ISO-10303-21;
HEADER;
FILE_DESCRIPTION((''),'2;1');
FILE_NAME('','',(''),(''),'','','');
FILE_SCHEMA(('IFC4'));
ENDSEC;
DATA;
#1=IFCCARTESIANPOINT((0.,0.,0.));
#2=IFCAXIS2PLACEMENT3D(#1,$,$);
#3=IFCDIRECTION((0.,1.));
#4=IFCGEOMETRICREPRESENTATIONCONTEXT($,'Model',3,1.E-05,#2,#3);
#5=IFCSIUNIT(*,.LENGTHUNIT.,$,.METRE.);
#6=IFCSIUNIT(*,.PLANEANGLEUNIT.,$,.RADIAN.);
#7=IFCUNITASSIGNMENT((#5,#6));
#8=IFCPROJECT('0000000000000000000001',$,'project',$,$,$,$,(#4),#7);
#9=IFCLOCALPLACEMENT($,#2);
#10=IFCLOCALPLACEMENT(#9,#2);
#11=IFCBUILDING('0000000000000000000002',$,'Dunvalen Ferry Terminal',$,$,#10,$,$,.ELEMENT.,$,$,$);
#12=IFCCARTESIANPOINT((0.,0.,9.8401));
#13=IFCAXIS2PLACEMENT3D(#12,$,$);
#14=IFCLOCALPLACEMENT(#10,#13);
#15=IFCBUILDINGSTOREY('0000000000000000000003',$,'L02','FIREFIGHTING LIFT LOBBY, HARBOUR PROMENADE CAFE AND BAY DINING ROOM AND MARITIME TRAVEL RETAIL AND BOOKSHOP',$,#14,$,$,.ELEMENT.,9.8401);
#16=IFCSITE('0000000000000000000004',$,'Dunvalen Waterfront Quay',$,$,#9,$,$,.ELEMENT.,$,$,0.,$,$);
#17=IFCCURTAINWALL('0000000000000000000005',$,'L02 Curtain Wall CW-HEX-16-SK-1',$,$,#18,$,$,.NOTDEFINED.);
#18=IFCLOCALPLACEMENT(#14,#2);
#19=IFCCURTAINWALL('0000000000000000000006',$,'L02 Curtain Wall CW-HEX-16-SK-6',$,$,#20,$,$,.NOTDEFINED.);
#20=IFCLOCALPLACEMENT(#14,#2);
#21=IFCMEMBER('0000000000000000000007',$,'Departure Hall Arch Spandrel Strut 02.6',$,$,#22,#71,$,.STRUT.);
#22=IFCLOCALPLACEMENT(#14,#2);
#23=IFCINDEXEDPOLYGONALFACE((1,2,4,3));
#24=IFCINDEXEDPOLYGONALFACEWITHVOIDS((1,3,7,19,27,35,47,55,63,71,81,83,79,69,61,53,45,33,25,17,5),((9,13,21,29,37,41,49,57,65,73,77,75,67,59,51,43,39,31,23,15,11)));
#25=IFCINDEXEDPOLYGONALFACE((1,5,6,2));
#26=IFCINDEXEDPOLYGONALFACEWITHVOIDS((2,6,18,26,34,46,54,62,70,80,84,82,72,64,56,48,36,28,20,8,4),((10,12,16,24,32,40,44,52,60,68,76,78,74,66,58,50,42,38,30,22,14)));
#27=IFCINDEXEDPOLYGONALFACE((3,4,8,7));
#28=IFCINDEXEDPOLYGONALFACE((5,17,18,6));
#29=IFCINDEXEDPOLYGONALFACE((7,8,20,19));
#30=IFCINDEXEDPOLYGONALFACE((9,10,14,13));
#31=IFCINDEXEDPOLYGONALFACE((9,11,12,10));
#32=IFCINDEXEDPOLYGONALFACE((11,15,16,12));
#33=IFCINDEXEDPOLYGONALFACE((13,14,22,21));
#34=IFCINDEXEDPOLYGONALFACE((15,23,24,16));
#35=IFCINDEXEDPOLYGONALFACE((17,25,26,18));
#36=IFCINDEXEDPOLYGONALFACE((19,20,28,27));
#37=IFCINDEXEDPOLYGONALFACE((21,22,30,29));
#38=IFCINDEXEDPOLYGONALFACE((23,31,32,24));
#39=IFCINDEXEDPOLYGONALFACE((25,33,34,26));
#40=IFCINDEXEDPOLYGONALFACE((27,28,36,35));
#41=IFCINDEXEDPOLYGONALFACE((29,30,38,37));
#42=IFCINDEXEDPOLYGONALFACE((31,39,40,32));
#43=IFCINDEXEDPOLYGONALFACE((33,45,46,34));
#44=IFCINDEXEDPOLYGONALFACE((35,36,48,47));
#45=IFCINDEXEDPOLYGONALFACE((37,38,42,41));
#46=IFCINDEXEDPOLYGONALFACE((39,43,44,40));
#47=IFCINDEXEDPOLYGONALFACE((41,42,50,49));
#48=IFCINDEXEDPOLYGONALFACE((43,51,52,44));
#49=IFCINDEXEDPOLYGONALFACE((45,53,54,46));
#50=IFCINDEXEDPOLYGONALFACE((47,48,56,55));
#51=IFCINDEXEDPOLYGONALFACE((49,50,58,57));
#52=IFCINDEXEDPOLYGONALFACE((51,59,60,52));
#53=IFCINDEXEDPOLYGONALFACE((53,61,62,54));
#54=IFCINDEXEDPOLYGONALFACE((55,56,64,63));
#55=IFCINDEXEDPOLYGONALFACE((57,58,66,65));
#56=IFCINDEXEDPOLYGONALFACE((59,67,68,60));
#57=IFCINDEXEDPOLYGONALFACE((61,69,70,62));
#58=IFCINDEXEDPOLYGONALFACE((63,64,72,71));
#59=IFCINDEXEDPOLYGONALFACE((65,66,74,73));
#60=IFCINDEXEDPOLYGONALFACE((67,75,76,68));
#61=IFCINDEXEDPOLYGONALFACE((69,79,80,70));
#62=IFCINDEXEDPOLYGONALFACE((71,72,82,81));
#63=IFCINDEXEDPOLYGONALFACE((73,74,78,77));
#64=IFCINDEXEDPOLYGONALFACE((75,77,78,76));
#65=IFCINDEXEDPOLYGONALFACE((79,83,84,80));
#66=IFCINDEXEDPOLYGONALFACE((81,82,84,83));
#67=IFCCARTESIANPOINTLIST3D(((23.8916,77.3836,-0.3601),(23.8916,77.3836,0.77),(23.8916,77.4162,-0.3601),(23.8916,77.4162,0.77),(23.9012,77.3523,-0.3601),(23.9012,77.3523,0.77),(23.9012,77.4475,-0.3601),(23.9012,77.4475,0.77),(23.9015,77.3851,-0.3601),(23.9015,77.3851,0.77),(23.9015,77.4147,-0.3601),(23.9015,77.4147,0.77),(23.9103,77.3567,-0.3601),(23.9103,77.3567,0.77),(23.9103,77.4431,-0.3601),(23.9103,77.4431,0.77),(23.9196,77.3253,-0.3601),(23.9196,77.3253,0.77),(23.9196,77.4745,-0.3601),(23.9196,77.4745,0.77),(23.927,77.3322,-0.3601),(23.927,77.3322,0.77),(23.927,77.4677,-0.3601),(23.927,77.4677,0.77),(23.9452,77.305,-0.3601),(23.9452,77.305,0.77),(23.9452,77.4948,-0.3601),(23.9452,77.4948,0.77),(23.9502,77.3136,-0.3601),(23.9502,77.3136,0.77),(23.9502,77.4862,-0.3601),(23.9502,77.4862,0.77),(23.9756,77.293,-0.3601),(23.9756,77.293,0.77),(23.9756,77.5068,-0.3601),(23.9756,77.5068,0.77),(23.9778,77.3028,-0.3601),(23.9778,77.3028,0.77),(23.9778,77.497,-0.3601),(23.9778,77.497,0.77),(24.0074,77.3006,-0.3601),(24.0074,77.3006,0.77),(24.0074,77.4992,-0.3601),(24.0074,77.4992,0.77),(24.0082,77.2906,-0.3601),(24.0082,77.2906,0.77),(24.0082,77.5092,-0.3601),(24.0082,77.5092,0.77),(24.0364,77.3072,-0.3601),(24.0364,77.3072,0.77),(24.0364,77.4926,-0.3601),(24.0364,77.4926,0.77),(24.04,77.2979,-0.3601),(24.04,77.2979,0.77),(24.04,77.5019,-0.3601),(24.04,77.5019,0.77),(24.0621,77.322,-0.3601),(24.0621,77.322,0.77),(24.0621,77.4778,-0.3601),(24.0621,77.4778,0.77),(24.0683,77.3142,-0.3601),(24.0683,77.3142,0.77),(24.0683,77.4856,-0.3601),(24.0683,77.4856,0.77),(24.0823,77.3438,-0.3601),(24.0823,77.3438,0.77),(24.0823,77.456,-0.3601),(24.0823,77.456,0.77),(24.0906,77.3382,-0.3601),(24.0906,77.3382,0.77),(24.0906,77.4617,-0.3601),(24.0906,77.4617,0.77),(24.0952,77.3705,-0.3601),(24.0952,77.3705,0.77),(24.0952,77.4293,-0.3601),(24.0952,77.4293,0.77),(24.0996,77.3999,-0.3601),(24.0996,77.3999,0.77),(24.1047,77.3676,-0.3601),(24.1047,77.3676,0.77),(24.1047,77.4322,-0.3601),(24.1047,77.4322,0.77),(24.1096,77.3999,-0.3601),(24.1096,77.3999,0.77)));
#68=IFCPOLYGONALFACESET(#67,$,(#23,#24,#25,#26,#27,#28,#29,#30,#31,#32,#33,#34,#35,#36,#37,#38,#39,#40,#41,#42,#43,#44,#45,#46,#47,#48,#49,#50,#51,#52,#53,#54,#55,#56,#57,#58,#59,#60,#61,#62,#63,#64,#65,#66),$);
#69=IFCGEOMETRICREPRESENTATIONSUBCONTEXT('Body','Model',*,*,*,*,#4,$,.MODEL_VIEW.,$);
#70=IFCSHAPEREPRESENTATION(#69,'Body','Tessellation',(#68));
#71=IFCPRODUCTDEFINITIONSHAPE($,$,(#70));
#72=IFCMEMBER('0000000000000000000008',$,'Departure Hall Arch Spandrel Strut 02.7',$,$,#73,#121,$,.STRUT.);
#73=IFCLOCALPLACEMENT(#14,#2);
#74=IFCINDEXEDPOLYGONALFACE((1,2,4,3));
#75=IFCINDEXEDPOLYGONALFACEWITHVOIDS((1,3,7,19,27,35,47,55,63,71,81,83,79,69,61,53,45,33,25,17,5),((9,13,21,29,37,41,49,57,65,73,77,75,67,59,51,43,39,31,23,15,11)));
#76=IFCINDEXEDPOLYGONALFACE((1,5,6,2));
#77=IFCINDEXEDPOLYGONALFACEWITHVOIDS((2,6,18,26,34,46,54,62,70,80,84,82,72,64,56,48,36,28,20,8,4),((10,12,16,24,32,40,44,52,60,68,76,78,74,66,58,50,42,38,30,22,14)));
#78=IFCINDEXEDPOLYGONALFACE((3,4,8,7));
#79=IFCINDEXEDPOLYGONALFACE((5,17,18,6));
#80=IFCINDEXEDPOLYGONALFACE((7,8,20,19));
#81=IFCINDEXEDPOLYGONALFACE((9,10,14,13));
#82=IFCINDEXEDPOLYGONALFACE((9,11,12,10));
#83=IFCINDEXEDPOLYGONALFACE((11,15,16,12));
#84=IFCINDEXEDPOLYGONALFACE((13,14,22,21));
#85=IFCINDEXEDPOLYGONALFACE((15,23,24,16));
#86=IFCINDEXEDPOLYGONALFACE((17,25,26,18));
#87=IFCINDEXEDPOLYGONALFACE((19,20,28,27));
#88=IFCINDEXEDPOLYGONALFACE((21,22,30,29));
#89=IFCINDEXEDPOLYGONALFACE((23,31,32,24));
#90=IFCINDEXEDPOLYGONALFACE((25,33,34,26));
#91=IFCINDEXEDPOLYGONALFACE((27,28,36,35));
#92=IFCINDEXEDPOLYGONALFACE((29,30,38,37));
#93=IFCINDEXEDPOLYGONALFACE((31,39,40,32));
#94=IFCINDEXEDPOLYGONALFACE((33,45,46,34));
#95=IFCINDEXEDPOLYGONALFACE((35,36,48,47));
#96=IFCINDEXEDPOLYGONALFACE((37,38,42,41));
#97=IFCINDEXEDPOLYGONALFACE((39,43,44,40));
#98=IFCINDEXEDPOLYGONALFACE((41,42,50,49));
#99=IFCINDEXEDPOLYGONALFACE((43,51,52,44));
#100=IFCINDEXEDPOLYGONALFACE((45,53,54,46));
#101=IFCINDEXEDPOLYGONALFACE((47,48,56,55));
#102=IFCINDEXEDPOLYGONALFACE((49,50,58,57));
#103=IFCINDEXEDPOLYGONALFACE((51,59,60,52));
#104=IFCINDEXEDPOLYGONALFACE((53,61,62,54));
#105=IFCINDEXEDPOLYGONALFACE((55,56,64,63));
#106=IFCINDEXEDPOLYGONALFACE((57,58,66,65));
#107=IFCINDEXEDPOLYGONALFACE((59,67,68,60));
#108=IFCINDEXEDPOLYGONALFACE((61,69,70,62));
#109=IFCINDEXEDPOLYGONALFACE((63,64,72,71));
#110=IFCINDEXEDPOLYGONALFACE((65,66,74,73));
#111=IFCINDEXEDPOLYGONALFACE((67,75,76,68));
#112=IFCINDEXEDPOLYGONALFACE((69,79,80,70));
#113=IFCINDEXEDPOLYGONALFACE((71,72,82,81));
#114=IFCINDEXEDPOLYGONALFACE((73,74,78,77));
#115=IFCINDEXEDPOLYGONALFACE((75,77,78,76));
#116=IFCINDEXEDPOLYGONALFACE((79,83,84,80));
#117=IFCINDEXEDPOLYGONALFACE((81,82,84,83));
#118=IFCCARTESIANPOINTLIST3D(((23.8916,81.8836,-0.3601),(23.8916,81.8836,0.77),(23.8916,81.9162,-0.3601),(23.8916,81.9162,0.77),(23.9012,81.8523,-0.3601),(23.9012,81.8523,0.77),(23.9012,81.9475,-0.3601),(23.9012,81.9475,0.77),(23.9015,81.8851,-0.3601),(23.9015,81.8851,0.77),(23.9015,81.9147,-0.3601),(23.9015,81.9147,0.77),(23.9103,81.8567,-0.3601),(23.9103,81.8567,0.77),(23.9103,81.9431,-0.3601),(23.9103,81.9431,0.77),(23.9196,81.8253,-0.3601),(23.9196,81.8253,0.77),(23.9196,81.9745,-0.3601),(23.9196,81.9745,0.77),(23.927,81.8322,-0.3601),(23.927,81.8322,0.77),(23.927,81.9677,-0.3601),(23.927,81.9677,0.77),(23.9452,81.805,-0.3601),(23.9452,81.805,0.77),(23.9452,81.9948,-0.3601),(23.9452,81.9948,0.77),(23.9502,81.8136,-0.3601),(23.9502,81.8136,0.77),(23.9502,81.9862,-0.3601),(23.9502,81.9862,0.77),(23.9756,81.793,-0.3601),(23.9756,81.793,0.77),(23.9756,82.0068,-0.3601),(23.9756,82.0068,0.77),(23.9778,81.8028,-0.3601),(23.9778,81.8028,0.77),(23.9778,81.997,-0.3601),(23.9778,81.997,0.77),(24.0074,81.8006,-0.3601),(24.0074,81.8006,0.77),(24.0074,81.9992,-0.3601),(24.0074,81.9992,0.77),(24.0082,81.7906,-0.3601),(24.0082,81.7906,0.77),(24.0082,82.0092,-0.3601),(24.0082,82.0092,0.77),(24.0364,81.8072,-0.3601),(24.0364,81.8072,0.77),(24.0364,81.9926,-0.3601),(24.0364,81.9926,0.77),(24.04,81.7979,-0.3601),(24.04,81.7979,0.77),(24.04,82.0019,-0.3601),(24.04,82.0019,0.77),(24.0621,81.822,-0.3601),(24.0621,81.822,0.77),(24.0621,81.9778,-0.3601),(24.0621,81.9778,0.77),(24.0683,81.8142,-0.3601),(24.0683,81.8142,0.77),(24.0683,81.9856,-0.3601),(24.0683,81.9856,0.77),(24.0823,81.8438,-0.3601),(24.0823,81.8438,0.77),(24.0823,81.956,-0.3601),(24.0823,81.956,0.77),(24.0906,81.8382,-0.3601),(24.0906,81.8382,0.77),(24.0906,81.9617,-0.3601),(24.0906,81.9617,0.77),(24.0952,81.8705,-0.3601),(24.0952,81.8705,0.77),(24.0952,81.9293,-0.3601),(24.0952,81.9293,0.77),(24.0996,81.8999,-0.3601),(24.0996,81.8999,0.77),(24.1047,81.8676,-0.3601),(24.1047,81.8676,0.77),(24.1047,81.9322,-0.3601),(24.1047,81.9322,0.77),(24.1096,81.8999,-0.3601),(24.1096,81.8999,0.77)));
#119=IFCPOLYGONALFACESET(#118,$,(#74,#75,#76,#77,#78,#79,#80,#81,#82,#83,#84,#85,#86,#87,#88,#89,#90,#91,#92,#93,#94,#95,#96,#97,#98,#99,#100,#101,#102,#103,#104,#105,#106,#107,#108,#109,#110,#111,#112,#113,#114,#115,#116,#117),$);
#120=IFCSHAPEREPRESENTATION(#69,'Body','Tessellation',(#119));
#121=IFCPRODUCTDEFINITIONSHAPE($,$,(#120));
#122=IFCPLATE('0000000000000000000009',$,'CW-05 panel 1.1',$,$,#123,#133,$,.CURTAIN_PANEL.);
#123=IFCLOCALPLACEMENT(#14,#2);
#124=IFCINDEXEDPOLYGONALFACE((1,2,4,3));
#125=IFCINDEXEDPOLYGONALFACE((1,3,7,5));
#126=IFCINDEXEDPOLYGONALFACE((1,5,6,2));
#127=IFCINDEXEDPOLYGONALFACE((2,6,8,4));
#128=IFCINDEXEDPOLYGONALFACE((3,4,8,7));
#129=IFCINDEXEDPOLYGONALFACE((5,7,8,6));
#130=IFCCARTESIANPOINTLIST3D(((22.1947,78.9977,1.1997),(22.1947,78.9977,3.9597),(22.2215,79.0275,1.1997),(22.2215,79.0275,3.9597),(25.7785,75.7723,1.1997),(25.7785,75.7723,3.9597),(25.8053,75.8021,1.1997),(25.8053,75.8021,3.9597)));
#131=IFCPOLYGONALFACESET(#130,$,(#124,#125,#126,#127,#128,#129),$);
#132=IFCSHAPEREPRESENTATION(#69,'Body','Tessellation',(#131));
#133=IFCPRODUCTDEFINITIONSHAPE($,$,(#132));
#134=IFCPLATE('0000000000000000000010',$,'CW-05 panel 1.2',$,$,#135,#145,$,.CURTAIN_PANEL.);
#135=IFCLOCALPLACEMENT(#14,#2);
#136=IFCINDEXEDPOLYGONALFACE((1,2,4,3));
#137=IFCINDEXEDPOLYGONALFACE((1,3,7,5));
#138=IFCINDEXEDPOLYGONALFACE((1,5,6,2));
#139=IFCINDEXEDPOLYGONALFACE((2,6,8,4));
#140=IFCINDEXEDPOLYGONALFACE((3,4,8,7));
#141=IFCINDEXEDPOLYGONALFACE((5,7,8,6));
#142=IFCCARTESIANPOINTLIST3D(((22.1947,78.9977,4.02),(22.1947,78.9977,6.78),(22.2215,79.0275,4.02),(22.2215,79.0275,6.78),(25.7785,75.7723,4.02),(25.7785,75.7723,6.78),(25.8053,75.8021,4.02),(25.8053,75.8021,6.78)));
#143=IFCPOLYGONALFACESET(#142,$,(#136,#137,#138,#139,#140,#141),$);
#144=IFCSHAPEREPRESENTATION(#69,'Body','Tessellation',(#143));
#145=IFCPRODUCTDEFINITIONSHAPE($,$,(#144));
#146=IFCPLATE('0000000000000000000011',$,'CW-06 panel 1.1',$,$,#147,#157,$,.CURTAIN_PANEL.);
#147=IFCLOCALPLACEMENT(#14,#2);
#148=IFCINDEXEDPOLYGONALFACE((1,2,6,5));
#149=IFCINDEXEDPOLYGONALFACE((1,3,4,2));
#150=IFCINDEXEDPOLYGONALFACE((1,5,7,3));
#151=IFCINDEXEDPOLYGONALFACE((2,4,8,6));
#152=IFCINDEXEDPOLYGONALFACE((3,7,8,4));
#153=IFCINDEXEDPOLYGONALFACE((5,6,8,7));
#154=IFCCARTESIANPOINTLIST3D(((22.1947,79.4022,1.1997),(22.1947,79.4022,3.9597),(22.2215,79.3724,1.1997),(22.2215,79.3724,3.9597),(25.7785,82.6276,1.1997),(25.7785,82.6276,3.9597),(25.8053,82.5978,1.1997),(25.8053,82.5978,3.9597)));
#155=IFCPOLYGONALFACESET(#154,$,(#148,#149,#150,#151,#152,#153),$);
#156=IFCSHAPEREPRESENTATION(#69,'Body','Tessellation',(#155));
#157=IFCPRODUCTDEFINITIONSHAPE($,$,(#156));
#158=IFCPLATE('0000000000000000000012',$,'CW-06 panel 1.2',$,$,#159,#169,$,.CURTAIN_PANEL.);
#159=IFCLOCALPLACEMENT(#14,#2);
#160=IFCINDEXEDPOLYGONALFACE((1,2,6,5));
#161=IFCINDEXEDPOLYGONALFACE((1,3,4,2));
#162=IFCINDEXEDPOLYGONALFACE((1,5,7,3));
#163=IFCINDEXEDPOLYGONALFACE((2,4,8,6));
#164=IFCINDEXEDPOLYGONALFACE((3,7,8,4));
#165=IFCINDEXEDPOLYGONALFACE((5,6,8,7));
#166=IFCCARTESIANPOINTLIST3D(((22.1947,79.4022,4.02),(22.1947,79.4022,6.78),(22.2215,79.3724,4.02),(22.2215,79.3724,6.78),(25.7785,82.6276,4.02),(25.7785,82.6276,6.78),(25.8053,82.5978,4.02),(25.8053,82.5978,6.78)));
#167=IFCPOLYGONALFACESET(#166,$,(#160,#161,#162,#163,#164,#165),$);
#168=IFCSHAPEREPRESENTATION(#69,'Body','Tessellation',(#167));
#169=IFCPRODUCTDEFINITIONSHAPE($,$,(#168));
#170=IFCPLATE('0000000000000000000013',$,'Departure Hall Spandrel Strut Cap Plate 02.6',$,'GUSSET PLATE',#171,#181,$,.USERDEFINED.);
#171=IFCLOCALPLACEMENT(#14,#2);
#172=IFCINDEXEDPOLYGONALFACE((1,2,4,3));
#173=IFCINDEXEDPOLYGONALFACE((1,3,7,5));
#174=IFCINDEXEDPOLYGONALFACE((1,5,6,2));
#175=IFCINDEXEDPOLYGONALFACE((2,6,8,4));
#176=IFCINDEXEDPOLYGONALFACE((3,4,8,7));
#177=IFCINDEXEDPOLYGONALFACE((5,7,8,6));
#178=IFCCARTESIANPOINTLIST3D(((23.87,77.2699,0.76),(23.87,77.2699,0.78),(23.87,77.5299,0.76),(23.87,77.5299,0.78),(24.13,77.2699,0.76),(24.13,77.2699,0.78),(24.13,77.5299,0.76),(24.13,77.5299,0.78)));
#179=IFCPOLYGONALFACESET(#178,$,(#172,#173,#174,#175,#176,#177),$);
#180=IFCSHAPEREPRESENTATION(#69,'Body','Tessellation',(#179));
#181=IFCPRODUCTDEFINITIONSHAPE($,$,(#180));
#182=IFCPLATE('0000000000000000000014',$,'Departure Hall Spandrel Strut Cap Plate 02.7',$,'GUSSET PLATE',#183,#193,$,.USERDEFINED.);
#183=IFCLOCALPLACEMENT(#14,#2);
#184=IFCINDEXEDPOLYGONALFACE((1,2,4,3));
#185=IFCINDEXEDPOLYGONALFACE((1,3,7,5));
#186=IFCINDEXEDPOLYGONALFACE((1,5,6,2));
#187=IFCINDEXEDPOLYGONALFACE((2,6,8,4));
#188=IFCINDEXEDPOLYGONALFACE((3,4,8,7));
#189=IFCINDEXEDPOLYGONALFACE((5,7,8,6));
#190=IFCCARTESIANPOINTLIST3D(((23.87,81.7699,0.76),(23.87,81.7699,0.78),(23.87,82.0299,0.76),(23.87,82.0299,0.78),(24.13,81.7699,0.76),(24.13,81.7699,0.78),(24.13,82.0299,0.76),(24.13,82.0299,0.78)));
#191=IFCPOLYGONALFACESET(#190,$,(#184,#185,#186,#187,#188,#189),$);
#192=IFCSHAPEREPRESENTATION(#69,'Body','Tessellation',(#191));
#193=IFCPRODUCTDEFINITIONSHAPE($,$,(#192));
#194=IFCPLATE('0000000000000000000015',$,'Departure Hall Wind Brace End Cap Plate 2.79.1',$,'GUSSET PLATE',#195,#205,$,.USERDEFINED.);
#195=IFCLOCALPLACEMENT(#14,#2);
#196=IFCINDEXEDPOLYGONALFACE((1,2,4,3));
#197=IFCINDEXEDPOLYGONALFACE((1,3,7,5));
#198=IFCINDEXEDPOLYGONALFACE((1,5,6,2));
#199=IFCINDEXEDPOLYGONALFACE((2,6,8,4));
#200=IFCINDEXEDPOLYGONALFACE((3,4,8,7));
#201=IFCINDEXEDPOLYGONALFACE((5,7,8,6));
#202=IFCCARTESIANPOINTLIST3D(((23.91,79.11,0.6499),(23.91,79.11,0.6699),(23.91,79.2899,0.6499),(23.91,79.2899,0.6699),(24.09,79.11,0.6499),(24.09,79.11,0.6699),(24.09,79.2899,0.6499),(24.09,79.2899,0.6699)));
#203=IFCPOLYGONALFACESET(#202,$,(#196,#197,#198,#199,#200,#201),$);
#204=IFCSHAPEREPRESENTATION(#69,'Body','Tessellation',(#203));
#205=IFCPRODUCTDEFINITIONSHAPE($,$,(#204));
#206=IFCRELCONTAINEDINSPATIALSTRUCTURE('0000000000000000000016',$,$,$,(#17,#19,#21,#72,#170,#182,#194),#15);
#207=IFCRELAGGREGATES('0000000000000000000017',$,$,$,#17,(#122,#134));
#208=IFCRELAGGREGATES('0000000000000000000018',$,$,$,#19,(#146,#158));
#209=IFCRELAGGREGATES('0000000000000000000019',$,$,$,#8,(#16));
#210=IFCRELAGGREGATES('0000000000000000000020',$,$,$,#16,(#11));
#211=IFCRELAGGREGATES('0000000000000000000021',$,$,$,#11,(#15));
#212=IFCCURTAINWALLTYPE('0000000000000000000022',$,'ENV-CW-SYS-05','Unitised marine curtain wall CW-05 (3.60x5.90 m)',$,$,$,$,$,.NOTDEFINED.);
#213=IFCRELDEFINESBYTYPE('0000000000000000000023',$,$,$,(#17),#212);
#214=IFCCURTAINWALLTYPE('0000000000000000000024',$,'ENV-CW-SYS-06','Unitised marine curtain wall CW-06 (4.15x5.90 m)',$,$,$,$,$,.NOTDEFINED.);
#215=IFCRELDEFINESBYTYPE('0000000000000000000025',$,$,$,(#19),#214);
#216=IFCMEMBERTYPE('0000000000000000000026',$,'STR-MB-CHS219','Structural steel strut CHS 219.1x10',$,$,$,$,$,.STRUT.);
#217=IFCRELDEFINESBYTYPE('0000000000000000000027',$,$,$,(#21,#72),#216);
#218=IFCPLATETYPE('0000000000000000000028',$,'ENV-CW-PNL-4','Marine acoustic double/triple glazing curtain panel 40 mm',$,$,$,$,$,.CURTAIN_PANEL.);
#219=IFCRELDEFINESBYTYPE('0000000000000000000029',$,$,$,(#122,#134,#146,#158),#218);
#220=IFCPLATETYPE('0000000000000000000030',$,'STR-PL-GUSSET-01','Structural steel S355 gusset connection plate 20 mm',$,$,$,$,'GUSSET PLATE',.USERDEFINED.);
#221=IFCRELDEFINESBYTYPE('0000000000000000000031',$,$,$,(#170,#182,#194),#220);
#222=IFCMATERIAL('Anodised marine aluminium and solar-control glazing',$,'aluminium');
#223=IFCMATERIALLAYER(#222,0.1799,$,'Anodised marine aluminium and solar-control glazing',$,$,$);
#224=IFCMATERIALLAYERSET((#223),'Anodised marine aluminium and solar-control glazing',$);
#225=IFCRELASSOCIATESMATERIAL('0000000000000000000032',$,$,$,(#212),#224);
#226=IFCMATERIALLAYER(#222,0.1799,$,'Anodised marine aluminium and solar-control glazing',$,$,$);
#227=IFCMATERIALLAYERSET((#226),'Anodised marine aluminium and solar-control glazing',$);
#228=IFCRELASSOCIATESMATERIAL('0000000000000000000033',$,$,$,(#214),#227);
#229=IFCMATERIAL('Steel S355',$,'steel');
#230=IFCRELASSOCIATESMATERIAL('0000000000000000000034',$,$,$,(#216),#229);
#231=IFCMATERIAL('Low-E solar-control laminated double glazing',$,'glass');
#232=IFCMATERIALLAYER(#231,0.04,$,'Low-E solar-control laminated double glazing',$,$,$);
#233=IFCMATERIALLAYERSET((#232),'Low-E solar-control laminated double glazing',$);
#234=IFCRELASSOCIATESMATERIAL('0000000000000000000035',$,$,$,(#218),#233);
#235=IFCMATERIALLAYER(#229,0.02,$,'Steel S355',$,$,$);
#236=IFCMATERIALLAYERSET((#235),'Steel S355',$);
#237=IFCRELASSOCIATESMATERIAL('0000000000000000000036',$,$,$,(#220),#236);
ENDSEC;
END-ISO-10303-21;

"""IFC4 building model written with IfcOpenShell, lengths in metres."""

from ifc_helpers import new_model, si_unit, direction, frame, origin, origin_2d, place, context, subcontext, project, spatial, rectangle, hollow_circle, extrude, material, layer, layer_set, material_profile, profile_set, type_object, element, aggregate, save


model = new_model("IFC4")

# Units and contexts
model_context = context("Model", 3, precision=1e-05, world=origin(), true_north=direction((0.0, 1.0)))
body_context = subcontext(model_context, "Body", "Model", "MODEL_VIEW")
ifc_project = project(units=[si_unit("LENGTHUNIT", "METRE"), si_unit("PLANEANGLEUNIT", "RADIAN")], contexts=[model_context])

# Site, building, storey
site_placement = place(None, origin())
site = spatial("IfcSite", under=ifc_project, at=site_placement, Name="Dunvalen Waterfront Quay", CompositionType="ELEMENT", RefElevation=0.0)
building_placement = place(site_placement, origin())
building = spatial("IfcBuilding", under=site, at=building_placement, Name="Dunvalen Ferry Terminal", CompositionType="ELEMENT")
storey_placement = place(building_placement, frame((0.0, 0.0, 9.8401)))
storey = spatial("IfcBuildingStorey", under=building, at=storey_placement, Name="L02", Description="FIREFIGHTING LIFT LOBBY, HARBOUR PROMENADE CAFE AND BAY DINING ROOM AND MARITIME TRAVEL RETAIL AND BOOKSHOP", CompositionType="ELEMENT", Elevation=9.8401)

# Curtain wall
ifc_material_1 = material(Name="Anodised marine aluminium and solar-control glazing", Category="aluminium")
ifc_layer_1 = layer(ifc_material_1, 0.1799, Name="Anodised marine aluminium and solar-control glazing")
ifc_layer_set_1 = layer_set([ifc_layer_1], Name="Anodised marine aluminium and solar-control glazing")
curtain_wall_type_1 = type_object("IfcCurtainWallType", Name="ENV-CW-SYS-05", Description="Unitised marine curtain wall CW-05 (3.60x5.90 m)", PredefinedType="NOTDEFINED", material=ifc_layer_set_1)
curtain_wall_1_placement = place(storey_placement, origin())
curtain_wall_1 = element("IfcCurtainWall", 1, at=curtain_wall_1_placement, inside=storey, type_object=curtain_wall_type_1, Name="L02 Curtain Wall CW-HEX-16-SK-1", PredefinedType="NOTDEFINED")
ifc_layer_2 = layer(ifc_material_1, 0.1799, Name="Anodised marine aluminium and solar-control glazing")
ifc_layer_set_2 = layer_set([ifc_layer_2], Name="Anodised marine aluminium and solar-control glazing")
curtain_wall_type_2 = type_object("IfcCurtainWallType", Name="ENV-CW-SYS-06", Description="Unitised marine curtain wall CW-06 (4.15x5.90 m)", PredefinedType="NOTDEFINED", material=ifc_layer_set_2)

# Curtain wall
curtain_wall_2_placement = place(storey_placement, origin())
curtain_wall_2 = element("IfcCurtainWall", 2, at=curtain_wall_2_placement, inside=storey, type_object=curtain_wall_type_2, Name="L02 Curtain Wall CW-HEX-16-SK-6", PredefinedType="NOTDEFINED")

# Shared definitions
ifc_material_2 = material(Name="Steel S355", Category="steel")

# Members
ifc_material_profile_1 = material_profile(ifc_material_2, hollow_circle(Radius=0.1096, WallThickness=0.01, at=origin_2d()), Name="Steel S355")
ifc_profile_set_1 = profile_set([ifc_material_profile_1], Name="Steel S355")
member_type_1 = type_object("IfcMemberType", Name="STR-MB-CHS219", Description="Structural steel strut CHS 219.1x10", PredefinedType="STRUT", material=ifc_profile_set_1)
for number, where, z_axis, x_axis, name in (
    (3, (24.0, 77.3999, -0.3601), (0.0, 0.0, 1.0), (1.0, 0.0, 0.0), "Departure Hall Arch Spandrel Strut 02.6"),
    (4, (24.0, 81.8999, -0.3601), (0.0, 0.0, 1.0), (1.0, 0.0, 0.0), "Departure Hall Arch Spandrel Strut 02.7"),
):
    element("IfcMember", number, at=place(storey_placement, frame(where, z_axis=z_axis, x_axis=x_axis)), inside=storey, type_object=member_type_1, Name=name, PredefinedType="STRUT", context=body_context, shape_type="SweptSolid", body=[
        extrude(hollow_circle(Radius=0.1096, WallThickness=0.01, at=origin_2d()), origin(), (0.0, 0.0, 1.0), 1.1301),
    ])

# Plates
ifc_material_3 = material(Name="Low-E solar-control laminated double glazing", Category="glass")
ifc_layer_3 = layer(ifc_material_3, 0.04, Name="Low-E solar-control laminated double glazing")
ifc_layer_set_3 = layer_set([ifc_layer_3], Name="Low-E solar-control laminated double glazing")
plate_type_1 = type_object("IfcPlateType", Name="ENV-CW-PNL-4", Description="Marine acoustic double/triple glazing curtain panel 40 mm", PredefinedType="CURTAIN_PANEL", material=ifc_layer_set_3)
plate_1_placement = place(storey_placement, frame((24.0, 77.3999, 1.1997), z_axis=(0.0, 0.0, 1.0), x_axis=(0.743304, -0.668954, 0.0)))
plate_1 = element("IfcPlate", 5, at=plate_1_placement, type_object=plate_type_1, Name="CW-05 panel 1.1", PredefinedType="CURTAIN_PANEL", context=body_context, shape_type="SweptSolid", body=[
    extrude(rectangle(XDim=4.8215, YDim=0.04, at=origin_2d()), origin(), (0.0, 0.0, 1.0), 2.76),
])
plate_2_placement = place(storey_placement, frame((24.0, 77.3999, 4.02), z_axis=(0.0, 0.0, 1.0), x_axis=(0.743304, -0.668954, 0.0)))
plate_2 = element("IfcPlate", 6, at=plate_2_placement, type_object=plate_type_1, Name="CW-05 panel 1.2", PredefinedType="CURTAIN_PANEL", context=body_context, shape_type="SweptSolid", body=[
    extrude(rectangle(XDim=4.8215, YDim=0.04, at=origin_2d()), origin(), (0.0, 0.0, 1.0), 2.76),
])
aggregate(curtain_wall_1, [plate_1, plate_2])
plate_3_placement = place(storey_placement, frame((24.0, 81.0, 1.1997), z_axis=(0.0, 0.0, 1.0), x_axis=(-0.743304, -0.668954, 0.0)))
plate_3 = element("IfcPlate", 7, at=plate_3_placement, type_object=plate_type_1, Name="CW-06 panel 1.1", PredefinedType="CURTAIN_PANEL", context=body_context, shape_type="SweptSolid", body=[
    extrude(rectangle(XDim=4.8215, YDim=0.04, at=origin_2d()), origin(), (0.0, 0.0, 1.0), 2.76),
])
plate_4_placement = place(storey_placement, frame((24.0, 81.0, 4.02), z_axis=(0.0, 0.0, 1.0), x_axis=(-0.743304, -0.668954, 0.0)))
plate_4 = element("IfcPlate", 8, at=plate_4_placement, type_object=plate_type_1, Name="CW-06 panel 1.2", PredefinedType="CURTAIN_PANEL", context=body_context, shape_type="SweptSolid", body=[
    extrude(rectangle(XDim=4.8215, YDim=0.04, at=origin_2d()), origin(), (0.0, 0.0, 1.0), 2.76),
])
aggregate(curtain_wall_2, [plate_3, plate_4])

# Plates
ifc_layer_4 = layer(ifc_material_2, 0.02, Name="Steel S355")
ifc_layer_set_4 = layer_set([ifc_layer_4], Name="Steel S355")
plate_type_2 = type_object("IfcPlateType", Name="STR-PL-GUSSET-01", Description="Structural steel S355 gusset connection plate 20 mm", ElementType="GUSSET PLATE", PredefinedType="USERDEFINED", material=ifc_layer_set_4)
for number, where, z_axis, x_axis, name in (
    (9, (24.0, 77.3999, 0.76), (0.0, 0.0, 1.0), (1.0, 0.0, 0.0), "Departure Hall Spandrel Strut Cap Plate 02.6"),
    (10, (24.0, 81.8999, 0.76), (0.0, 0.0, 1.0), (1.0, 0.0, 0.0), "Departure Hall Spandrel Strut Cap Plate 02.7"),
):
    element("IfcPlate", number, at=place(storey_placement, frame(where, z_axis=z_axis, x_axis=x_axis)), inside=storey, type_object=plate_type_2, Name=name, ObjectType="GUSSET PLATE", PredefinedType="USERDEFINED", context=body_context, shape_type="SweptSolid", body=[
        extrude(rectangle(XDim=0.26, YDim=0.26, at=origin_2d()), origin(), (0.0, 0.0, 1.0), 0.02),
    ])
plate_5_placement = place(storey_placement, frame((24.0, 79.2, 0.6499), z_axis=(0.0, 0.0, 1.0), x_axis=(1.0, 0.0, 0.0)))
element("IfcPlate", 11, at=plate_5_placement, inside=storey, type_object=plate_type_2, Name="Departure Hall Wind Brace End Cap Plate 2.79.1", ObjectType="GUSSET PLATE", PredefinedType="USERDEFINED", context=body_context, shape_type="SweptSolid", body=[
    extrude(rectangle(XDim=0.1799, YDim=0.1799, at=origin_2d()), origin(), (0.0, 0.0, 1.0), 0.02),
])

save(model, "model.ifc")
